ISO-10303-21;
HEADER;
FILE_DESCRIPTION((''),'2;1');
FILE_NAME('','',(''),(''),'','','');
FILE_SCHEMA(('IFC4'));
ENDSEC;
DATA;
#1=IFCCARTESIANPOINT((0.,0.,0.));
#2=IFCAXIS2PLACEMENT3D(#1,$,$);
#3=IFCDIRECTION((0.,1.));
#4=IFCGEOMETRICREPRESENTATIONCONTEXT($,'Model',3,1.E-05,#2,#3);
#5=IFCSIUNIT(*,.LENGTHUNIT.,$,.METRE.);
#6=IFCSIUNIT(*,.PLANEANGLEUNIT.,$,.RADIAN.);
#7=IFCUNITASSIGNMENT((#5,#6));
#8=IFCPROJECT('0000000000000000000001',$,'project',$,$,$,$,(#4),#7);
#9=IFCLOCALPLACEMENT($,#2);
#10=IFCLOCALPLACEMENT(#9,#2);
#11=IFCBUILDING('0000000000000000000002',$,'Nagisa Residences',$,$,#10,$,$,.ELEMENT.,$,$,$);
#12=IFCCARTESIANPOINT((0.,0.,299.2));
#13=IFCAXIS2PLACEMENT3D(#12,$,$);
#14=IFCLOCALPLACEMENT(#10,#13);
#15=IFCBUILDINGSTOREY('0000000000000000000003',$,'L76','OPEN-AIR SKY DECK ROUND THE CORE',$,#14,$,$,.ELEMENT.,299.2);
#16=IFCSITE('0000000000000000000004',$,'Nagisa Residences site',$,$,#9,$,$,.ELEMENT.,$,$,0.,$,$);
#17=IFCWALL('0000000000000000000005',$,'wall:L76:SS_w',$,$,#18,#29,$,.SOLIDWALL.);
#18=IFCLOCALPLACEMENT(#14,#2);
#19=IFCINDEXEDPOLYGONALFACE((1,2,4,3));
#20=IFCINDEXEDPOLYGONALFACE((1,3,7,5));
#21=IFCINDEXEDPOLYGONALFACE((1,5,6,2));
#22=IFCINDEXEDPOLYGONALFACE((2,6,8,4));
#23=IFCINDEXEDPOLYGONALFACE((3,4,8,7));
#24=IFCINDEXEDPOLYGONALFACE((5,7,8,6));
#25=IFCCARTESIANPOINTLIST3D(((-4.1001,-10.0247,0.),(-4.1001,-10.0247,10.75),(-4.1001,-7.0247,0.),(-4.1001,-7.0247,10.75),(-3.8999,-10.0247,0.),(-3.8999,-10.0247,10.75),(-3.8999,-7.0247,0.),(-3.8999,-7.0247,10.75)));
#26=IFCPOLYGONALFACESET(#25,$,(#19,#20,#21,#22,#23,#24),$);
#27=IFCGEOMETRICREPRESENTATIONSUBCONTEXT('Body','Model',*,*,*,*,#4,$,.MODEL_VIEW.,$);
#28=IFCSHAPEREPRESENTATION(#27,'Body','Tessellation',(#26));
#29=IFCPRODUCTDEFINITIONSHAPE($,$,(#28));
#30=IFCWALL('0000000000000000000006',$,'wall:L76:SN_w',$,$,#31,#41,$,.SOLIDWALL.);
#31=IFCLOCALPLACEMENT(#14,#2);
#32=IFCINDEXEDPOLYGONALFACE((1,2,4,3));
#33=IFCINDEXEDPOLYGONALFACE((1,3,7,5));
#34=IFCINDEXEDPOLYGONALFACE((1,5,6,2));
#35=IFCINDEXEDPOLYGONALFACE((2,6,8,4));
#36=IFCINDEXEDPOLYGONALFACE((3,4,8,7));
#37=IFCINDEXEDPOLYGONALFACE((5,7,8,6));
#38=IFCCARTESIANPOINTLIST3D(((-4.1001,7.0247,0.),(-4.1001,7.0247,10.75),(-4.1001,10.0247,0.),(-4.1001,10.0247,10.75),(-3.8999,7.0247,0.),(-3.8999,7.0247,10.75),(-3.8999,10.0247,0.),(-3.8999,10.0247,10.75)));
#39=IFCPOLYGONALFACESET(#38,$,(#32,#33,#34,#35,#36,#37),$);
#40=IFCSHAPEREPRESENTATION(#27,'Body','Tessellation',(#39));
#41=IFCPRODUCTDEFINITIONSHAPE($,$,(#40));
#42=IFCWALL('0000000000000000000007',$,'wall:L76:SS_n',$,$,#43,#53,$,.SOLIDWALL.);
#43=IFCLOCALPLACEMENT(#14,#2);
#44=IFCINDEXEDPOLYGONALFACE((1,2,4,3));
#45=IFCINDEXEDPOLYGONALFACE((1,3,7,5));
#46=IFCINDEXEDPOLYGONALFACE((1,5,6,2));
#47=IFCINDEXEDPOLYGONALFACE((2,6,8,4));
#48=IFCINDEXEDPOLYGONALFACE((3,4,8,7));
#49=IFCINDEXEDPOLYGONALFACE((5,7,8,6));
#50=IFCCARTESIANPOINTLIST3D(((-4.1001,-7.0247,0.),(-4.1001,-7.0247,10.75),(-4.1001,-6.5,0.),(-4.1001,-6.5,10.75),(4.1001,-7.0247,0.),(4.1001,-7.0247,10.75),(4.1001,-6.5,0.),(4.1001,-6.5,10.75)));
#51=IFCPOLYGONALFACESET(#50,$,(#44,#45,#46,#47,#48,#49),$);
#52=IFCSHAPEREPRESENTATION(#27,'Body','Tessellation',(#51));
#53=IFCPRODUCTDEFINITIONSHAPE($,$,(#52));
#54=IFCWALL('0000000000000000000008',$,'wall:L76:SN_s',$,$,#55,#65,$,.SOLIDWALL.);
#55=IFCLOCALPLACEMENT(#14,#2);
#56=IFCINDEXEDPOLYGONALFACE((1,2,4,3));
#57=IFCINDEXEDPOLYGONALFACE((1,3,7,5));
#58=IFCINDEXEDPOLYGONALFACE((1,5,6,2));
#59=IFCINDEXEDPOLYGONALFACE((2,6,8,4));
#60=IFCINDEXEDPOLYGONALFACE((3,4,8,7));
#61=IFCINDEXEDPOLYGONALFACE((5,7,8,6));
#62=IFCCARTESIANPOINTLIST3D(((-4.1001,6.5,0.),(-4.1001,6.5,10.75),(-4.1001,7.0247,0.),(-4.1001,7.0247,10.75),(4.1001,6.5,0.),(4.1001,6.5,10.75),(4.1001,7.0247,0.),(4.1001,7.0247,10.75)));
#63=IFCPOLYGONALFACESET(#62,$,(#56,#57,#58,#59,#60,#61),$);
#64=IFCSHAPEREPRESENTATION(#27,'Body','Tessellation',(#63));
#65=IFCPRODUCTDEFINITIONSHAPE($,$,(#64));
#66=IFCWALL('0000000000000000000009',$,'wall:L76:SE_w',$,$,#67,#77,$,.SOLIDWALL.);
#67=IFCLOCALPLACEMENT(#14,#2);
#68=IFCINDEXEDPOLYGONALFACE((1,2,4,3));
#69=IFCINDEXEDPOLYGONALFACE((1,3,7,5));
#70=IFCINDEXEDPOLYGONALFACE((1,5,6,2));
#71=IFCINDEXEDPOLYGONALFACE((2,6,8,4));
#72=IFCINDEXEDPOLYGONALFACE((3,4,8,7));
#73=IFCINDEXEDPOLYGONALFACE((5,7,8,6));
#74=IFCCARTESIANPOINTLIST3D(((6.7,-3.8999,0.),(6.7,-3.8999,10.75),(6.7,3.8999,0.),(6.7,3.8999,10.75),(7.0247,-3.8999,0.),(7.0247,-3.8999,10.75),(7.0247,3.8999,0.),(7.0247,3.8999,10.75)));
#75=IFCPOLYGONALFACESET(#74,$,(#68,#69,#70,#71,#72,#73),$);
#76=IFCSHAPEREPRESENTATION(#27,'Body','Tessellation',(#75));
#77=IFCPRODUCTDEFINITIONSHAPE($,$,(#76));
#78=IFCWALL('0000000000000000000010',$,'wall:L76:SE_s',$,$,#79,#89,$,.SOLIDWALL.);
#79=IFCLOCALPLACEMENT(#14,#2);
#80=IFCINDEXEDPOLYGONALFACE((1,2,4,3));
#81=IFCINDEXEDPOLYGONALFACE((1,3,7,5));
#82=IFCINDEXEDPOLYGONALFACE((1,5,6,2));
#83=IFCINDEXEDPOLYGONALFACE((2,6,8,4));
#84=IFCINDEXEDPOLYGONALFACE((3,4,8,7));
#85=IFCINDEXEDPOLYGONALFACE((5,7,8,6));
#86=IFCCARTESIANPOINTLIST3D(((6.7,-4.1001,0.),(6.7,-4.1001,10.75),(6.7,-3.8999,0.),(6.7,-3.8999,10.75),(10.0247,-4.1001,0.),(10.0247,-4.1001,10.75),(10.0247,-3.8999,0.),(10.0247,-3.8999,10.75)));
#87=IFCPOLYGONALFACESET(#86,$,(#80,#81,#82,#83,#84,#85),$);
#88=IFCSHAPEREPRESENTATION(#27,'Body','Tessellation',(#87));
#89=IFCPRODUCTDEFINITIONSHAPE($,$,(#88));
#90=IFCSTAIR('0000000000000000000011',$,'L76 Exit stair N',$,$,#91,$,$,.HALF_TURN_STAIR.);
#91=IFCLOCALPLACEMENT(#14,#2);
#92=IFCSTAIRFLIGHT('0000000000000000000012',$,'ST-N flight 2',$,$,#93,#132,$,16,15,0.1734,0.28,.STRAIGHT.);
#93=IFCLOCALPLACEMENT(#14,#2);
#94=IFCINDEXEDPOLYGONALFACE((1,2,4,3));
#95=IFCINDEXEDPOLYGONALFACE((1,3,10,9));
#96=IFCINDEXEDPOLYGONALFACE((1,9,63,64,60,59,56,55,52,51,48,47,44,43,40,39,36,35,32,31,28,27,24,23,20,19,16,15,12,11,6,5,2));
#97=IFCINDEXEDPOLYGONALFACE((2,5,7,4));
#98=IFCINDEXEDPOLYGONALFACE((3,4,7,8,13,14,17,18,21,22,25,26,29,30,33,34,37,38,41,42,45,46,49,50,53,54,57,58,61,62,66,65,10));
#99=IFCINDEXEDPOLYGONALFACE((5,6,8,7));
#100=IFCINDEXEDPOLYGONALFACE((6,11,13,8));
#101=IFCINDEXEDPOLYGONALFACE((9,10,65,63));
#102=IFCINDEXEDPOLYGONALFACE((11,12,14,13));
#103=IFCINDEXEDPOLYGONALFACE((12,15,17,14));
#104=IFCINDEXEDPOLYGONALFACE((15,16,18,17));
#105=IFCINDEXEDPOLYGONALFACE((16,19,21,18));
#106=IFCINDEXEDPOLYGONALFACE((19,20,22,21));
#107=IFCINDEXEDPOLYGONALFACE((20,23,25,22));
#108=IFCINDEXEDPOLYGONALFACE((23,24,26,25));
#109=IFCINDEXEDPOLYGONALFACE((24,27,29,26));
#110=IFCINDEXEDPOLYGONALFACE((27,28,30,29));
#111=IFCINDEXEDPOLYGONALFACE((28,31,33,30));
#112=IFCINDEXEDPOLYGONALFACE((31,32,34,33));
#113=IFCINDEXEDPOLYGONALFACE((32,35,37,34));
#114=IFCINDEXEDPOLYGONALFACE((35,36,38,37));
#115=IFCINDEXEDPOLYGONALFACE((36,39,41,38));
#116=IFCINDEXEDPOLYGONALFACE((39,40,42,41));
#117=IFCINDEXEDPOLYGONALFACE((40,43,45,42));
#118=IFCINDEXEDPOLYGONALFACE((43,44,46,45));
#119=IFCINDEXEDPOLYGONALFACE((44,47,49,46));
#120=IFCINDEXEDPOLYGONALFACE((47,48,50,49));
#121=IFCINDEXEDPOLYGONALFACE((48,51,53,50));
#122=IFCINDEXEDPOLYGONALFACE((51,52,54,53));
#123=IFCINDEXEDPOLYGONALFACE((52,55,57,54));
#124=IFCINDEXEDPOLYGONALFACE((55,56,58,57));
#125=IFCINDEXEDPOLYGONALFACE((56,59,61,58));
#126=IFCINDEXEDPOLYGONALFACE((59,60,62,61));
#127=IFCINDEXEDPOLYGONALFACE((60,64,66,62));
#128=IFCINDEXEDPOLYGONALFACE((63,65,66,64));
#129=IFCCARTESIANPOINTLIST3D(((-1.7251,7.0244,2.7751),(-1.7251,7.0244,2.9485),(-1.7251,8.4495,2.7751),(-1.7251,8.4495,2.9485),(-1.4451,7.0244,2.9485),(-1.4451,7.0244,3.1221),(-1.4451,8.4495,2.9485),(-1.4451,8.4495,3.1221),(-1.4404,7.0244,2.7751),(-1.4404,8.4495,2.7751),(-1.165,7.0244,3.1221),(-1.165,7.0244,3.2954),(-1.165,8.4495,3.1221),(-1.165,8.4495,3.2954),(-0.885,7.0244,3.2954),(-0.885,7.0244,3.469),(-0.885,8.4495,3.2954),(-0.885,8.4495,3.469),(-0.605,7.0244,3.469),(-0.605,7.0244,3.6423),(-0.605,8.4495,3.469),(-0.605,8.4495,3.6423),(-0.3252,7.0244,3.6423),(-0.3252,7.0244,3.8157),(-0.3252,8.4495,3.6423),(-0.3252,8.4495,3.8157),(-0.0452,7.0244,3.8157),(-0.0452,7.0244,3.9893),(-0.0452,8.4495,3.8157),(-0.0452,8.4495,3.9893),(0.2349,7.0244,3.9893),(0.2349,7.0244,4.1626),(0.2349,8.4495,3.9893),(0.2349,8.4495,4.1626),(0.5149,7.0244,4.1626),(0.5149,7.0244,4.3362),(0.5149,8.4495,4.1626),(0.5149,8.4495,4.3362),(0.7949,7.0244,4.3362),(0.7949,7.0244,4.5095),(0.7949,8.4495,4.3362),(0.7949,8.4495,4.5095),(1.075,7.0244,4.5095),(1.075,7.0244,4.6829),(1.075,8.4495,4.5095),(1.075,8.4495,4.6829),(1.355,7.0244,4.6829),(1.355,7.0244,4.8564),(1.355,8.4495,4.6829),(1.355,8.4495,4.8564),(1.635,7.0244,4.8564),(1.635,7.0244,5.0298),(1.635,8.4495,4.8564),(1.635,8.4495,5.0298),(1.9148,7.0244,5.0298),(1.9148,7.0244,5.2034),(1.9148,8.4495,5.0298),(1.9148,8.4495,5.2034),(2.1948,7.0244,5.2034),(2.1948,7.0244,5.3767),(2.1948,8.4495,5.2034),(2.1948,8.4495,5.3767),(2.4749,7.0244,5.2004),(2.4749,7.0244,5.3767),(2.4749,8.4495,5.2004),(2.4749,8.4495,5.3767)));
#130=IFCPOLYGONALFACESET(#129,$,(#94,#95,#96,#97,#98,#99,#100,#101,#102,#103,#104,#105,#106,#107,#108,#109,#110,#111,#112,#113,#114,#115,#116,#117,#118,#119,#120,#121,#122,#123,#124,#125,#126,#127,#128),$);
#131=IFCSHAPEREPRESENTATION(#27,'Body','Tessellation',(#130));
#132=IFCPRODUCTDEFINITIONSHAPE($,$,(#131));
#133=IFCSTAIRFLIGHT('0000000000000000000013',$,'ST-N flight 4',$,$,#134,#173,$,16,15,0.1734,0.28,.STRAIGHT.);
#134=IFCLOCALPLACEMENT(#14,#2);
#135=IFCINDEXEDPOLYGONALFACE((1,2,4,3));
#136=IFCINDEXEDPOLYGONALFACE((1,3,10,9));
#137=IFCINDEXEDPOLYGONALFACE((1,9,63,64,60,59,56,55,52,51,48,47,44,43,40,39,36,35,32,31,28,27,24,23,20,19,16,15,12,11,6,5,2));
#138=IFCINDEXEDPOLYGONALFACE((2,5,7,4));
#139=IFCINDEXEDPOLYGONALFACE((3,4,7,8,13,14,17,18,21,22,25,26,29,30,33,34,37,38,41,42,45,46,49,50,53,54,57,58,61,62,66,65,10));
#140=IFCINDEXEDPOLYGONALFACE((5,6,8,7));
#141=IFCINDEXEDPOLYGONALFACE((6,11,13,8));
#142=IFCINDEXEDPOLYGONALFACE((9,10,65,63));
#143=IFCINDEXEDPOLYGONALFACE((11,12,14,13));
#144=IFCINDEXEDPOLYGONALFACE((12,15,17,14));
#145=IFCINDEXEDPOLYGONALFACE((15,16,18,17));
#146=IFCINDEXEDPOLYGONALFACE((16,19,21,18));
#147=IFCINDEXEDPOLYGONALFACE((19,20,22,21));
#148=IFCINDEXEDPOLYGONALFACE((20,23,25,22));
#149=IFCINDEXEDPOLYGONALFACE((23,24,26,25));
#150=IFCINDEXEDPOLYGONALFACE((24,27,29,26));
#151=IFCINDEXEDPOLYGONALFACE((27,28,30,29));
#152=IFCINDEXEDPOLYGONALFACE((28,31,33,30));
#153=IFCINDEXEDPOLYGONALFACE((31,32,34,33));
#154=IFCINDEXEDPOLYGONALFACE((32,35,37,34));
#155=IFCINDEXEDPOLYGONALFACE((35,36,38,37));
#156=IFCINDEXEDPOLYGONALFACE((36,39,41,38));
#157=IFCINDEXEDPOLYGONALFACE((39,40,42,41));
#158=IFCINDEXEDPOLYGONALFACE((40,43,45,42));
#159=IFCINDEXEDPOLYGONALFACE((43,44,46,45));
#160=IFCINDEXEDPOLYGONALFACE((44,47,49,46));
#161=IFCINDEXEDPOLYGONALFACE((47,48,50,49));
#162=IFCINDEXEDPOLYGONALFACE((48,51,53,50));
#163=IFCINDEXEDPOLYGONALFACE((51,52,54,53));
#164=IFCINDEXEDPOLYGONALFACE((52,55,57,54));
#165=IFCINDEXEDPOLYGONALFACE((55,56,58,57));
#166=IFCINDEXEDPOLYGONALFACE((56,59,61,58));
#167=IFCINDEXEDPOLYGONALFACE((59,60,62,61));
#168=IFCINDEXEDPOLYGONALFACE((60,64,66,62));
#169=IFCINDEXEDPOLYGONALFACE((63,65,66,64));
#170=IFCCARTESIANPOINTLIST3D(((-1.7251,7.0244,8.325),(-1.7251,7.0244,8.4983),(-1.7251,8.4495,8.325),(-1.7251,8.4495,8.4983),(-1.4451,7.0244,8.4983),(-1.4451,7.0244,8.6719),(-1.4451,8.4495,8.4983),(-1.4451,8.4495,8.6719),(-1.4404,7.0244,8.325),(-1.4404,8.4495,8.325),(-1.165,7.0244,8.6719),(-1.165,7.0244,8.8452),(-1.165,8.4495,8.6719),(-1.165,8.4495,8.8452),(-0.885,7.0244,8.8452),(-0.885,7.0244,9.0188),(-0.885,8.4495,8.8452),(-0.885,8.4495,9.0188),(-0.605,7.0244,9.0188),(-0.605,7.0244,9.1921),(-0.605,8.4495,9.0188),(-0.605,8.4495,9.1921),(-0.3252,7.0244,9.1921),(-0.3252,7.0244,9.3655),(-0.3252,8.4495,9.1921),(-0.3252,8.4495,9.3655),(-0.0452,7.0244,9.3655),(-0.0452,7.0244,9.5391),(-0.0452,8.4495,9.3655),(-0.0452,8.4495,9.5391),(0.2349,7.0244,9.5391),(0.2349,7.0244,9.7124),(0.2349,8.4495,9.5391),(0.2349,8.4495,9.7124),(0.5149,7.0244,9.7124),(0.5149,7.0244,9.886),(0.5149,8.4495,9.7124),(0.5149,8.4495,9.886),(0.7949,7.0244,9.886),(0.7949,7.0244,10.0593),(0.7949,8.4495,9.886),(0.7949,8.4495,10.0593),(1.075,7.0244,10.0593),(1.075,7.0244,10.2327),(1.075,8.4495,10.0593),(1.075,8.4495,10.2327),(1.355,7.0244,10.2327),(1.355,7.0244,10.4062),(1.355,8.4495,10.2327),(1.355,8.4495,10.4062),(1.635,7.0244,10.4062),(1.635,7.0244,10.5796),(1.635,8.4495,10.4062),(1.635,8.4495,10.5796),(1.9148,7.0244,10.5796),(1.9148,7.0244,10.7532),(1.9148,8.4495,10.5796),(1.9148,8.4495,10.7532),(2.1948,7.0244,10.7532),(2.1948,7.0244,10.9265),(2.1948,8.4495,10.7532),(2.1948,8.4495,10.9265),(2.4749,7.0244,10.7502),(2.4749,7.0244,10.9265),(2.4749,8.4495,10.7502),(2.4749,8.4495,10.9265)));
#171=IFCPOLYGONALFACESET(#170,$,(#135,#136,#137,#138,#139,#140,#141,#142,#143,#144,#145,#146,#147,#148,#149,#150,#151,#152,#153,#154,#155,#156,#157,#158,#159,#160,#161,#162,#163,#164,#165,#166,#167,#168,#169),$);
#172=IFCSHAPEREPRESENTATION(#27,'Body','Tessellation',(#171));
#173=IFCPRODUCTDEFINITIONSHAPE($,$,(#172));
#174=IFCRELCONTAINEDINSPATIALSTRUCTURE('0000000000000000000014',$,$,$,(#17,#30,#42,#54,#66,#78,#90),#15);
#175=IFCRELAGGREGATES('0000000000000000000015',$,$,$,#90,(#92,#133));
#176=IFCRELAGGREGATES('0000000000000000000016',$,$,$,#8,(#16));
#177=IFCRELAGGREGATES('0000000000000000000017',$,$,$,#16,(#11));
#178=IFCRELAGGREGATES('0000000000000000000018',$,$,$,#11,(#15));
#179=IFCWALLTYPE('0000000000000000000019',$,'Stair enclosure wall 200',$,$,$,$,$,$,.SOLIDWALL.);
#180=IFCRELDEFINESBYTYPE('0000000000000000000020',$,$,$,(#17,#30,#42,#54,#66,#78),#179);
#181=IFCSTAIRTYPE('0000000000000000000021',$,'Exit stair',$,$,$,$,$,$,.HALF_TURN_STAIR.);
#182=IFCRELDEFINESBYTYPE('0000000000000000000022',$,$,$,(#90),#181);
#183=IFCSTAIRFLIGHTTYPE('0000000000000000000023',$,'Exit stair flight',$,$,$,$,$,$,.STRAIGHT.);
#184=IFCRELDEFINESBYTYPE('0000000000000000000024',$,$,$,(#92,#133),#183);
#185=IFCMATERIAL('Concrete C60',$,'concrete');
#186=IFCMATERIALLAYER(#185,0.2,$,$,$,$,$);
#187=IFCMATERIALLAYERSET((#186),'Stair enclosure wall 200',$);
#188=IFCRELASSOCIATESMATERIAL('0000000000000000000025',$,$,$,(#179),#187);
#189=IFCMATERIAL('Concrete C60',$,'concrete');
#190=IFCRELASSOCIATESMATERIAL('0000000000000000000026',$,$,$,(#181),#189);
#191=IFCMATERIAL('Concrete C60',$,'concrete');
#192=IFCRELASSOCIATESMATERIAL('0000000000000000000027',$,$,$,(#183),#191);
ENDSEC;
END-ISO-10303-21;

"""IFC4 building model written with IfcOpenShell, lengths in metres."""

from ifc_helpers import new_model, si_unit, direction, frame, origin, place, context, subcontext, project, spatial, polyline, outline, extrude, material, layer, layer_set, type_object, element, aggregate, save


model = new_model("IFC4")

# Units and contexts
model_context = context("Model", 3, precision=1e-05, world=origin(), true_north=direction((0.0, 1.0)))
body_context = subcontext(model_context, "Body", "Model", "MODEL_VIEW")
ifc_project = project(units=[si_unit("LENGTHUNIT", "METRE"), si_unit("PLANEANGLEUNIT", "RADIAN")], contexts=[model_context])

# Site, building, storey
site_placement = place(None, origin())
site = spatial("IfcSite", under=ifc_project, at=site_placement, Name="Nagisa Residences site", CompositionType="ELEMENT", RefElevation=0.0)
building_placement = place(site_placement, origin())
building = spatial("IfcBuilding", under=site, at=building_placement, Name="Nagisa Residences", CompositionType="ELEMENT")
storey_placement = place(building_placement, frame((0.0, 0.0, 299.2)))
storey = spatial("IfcBuildingStorey", under=building, at=storey_placement, Name="L76", Description="OPEN-AIR SKY DECK ROUND THE CORE", CompositionType="ELEMENT", Elevation=299.2)

# Walls
ifc_material_1 = material(Name="Concrete C60", Category="concrete")
ifc_layer_1 = layer(ifc_material_1, 0.2)
ifc_layer_set_1 = layer_set([ifc_layer_1], Name="Stair enclosure wall 200")
wall_type_1 = type_object("IfcWallType", Name="Stair enclosure wall 200", PredefinedType="SOLIDWALL", material=ifc_layer_set_1)
wall_1_placement = place(storey_placement, origin())
element("IfcWall", 1, at=wall_1_placement, inside=storey, type_object=wall_type_1, Name="wall:L76:SS_w", PredefinedType="SOLIDWALL", context=body_context, shape_type="SweptSolid", body=[
    extrude(outline(polyline([(-3.8999, -10.0247), (-4.1001, -10.0247), (-4.1001, -7.0247), (-3.8999, -7.0247), (-3.8999, -10.0247)])), origin(), (0.0, 0.0, 1.0), 10.75),
])
wall_2_placement = place(storey_placement, origin())
element("IfcWall", 2, at=wall_2_placement, inside=storey, type_object=wall_type_1, Name="wall:L76:SN_w", PredefinedType="SOLIDWALL", context=body_context, shape_type="SweptSolid", body=[
    extrude(outline(polyline([(-3.8999, 7.0247), (-4.1001, 7.0247), (-4.1001, 10.0247), (-3.8999, 10.0247), (-3.8999, 7.0247)])), origin(), (0.0, 0.0, 1.0), 10.75),
])
wall_3_placement = place(storey_placement, origin())
element("IfcWall", 3, at=wall_3_placement, inside=storey, type_object=wall_type_1, Name="wall:L76:SS_n", PredefinedType="SOLIDWALL", context=body_context, shape_type="SweptSolid", body=[
    extrude(outline(polyline([(4.1001, -7.0247), (-4.1001, -7.0247), (-4.1001, -6.5), (4.1001, -6.5), (4.1001, -7.0247)])), origin(), (0.0, 0.0, 1.0), 10.75),
])
wall_4_placement = place(storey_placement, origin())
element("IfcWall", 4, at=wall_4_placement, inside=storey, type_object=wall_type_1, Name="wall:L76:SN_s", PredefinedType="SOLIDWALL", context=body_context, shape_type="SweptSolid", body=[
    extrude(outline(polyline([(4.1001, 6.5), (-4.1001, 6.5), (-4.1001, 7.0247), (4.1001, 7.0247), (4.1001, 6.5)])), origin(), (0.0, 0.0, 1.0), 10.75),
])
wall_5_placement = place(storey_placement, origin())
element("IfcWall", 5, at=wall_5_placement, inside=storey, type_object=wall_type_1, Name="wall:L76:SE_w", PredefinedType="SOLIDWALL", context=body_context, shape_type="SweptSolid", body=[
    extrude(outline(polyline([(7.0247, -3.8999), (6.7, -3.8999), (6.7, 3.8999), (7.0247, 3.8999), (7.0247, -3.8999)])), origin(), (0.0, 0.0, 1.0), 10.75),
])
wall_6_placement = place(storey_placement, origin())
element("IfcWall", 6, at=wall_6_placement, inside=storey, type_object=wall_type_1, Name="wall:L76:SE_s", PredefinedType="SOLIDWALL", context=body_context, shape_type="SweptSolid", body=[
    extrude(outline(polyline([(10.0247, -4.1001), (6.7, -4.1001), (6.7, -3.8999), (10.0247, -3.8999), (10.0247, -4.1001)])), origin(), (0.0, 0.0, 1.0), 10.75),
])

# Stair, stair flights
ifc_material_2 = material(Name="Concrete C60", Category="concrete")
stair_type = type_object("IfcStairType", Name="Exit stair", PredefinedType="HALF_TURN_STAIR", material=ifc_material_2)
stair_placement = place(storey_placement, origin())
stair = element("IfcStair", 7, at=stair_placement, inside=storey, type_object=stair_type, Name="L76 Exit stair N", PredefinedType="HALF_TURN_STAIR")
ifc_material_3 = material(Name="Concrete C60", Category="concrete")
stair_flight_type = type_object("IfcStairFlightType", Name="Exit stair flight", PredefinedType="STRAIGHT", material=ifc_material_3)
stair_flight_1_placement = place(storey_placement, frame((-1.7251, 7.7371, 2.7751), z_axis=(0.0, 0.0, 1.0), x_axis=(1.0, 0.0, 0.0)))
stair_flight_1 = element("IfcStairFlight", 8, at=stair_flight_1_placement, type_object=stair_flight_type, Name="ST-N flight 2", NumberOfRisers=16, NumberOfTreads=15, PredefinedType="STRAIGHT", RiserHeight=0.1734, TreadLength=0.28, context=body_context, shape_type="SweptSolid", body=[
    extrude(outline(polyline([(0.0, 0.0), (0.0, 0.1733), (0.28, 0.1733), (0.28, 0.3469), (0.5601, 0.3469), (0.5601, 0.5203), (0.8401, 0.5203), (0.8401, 0.6938), (1.1201, 0.6938), (1.1201, 0.8672), (1.3999, 0.8672), (1.3999, 1.0405), (1.6799, 1.0405), (1.6799, 1.2141), (1.96, 1.2141), (1.96, 1.3875), (2.24, 1.3875), (2.24, 1.561), (2.52, 1.561), (2.52, 1.7344), (2.8, 1.7344), (2.8, 1.9077), (3.0801, 1.9077), (3.0801, 2.0813), (3.3601, 2.0813), (3.3601, 2.2546), (3.6399, 2.2546), (3.6399, 2.4282), (3.9199, 2.4282), (3.9199, 2.6016), (4.2, 2.6016), (4.2, 2.7749), (4.2, 2.4253), (0.2847, 0.0), (0.0, 0.0)])), frame((0.0, 0.7124, 0.0), z_axis=(0.0, -1.0, 0.0), x_axis=(1.0, 0.0, 0.0)), (0.0, 0.0, 1.0), 1.425),
])
stair_flight_2_placement = place(storey_placement, frame((-1.7251, 7.7371, 8.325), z_axis=(0.0, 0.0, 1.0), x_axis=(1.0, 0.0, 0.0)))
stair_flight_2 = element("IfcStairFlight", 9, at=stair_flight_2_placement, type_object=stair_flight_type, Name="ST-N flight 4", NumberOfRisers=16, NumberOfTreads=15, PredefinedType="STRAIGHT", RiserHeight=0.1734, TreadLength=0.28, context=body_context, shape_type="SweptSolid", body=[
    extrude(outline(polyline([(0.0, 0.0), (0.0, 0.1733), (0.28, 0.1733), (0.28, 0.3469), (0.5601, 0.3469), (0.5601, 0.5203), (0.8401, 0.5203), (0.8401, 0.6938), (1.1201, 0.6938), (1.1201, 0.8672), (1.3999, 0.8672), (1.3999, 1.0405), (1.6799, 1.0405), (1.6799, 1.2141), (1.96, 1.2141), (1.96, 1.3875), (2.24, 1.3875), (2.24, 1.561), (2.52, 1.561), (2.52, 1.7344), (2.8, 1.7344), (2.8, 1.9077), (3.0801, 1.9077), (3.0801, 2.0813), (3.3601, 2.0813), (3.3601, 2.2546), (3.6399, 2.2546), (3.6399, 2.4282), (3.9199, 2.4282), (3.9199, 2.6016), (4.2, 2.6016), (4.2, 2.7749), (4.2, 2.4253), (0.2847, 0.0), (0.0, 0.0)])), frame((0.0, 0.7124, 0.0), z_axis=(0.0, -1.0, 0.0), x_axis=(1.0, 0.0, 0.0)), (0.0, 0.0, 1.0), 1.425),
])
aggregate(stair, [stair_flight_1, stair_flight_2])

save(model, "model.ifc")
